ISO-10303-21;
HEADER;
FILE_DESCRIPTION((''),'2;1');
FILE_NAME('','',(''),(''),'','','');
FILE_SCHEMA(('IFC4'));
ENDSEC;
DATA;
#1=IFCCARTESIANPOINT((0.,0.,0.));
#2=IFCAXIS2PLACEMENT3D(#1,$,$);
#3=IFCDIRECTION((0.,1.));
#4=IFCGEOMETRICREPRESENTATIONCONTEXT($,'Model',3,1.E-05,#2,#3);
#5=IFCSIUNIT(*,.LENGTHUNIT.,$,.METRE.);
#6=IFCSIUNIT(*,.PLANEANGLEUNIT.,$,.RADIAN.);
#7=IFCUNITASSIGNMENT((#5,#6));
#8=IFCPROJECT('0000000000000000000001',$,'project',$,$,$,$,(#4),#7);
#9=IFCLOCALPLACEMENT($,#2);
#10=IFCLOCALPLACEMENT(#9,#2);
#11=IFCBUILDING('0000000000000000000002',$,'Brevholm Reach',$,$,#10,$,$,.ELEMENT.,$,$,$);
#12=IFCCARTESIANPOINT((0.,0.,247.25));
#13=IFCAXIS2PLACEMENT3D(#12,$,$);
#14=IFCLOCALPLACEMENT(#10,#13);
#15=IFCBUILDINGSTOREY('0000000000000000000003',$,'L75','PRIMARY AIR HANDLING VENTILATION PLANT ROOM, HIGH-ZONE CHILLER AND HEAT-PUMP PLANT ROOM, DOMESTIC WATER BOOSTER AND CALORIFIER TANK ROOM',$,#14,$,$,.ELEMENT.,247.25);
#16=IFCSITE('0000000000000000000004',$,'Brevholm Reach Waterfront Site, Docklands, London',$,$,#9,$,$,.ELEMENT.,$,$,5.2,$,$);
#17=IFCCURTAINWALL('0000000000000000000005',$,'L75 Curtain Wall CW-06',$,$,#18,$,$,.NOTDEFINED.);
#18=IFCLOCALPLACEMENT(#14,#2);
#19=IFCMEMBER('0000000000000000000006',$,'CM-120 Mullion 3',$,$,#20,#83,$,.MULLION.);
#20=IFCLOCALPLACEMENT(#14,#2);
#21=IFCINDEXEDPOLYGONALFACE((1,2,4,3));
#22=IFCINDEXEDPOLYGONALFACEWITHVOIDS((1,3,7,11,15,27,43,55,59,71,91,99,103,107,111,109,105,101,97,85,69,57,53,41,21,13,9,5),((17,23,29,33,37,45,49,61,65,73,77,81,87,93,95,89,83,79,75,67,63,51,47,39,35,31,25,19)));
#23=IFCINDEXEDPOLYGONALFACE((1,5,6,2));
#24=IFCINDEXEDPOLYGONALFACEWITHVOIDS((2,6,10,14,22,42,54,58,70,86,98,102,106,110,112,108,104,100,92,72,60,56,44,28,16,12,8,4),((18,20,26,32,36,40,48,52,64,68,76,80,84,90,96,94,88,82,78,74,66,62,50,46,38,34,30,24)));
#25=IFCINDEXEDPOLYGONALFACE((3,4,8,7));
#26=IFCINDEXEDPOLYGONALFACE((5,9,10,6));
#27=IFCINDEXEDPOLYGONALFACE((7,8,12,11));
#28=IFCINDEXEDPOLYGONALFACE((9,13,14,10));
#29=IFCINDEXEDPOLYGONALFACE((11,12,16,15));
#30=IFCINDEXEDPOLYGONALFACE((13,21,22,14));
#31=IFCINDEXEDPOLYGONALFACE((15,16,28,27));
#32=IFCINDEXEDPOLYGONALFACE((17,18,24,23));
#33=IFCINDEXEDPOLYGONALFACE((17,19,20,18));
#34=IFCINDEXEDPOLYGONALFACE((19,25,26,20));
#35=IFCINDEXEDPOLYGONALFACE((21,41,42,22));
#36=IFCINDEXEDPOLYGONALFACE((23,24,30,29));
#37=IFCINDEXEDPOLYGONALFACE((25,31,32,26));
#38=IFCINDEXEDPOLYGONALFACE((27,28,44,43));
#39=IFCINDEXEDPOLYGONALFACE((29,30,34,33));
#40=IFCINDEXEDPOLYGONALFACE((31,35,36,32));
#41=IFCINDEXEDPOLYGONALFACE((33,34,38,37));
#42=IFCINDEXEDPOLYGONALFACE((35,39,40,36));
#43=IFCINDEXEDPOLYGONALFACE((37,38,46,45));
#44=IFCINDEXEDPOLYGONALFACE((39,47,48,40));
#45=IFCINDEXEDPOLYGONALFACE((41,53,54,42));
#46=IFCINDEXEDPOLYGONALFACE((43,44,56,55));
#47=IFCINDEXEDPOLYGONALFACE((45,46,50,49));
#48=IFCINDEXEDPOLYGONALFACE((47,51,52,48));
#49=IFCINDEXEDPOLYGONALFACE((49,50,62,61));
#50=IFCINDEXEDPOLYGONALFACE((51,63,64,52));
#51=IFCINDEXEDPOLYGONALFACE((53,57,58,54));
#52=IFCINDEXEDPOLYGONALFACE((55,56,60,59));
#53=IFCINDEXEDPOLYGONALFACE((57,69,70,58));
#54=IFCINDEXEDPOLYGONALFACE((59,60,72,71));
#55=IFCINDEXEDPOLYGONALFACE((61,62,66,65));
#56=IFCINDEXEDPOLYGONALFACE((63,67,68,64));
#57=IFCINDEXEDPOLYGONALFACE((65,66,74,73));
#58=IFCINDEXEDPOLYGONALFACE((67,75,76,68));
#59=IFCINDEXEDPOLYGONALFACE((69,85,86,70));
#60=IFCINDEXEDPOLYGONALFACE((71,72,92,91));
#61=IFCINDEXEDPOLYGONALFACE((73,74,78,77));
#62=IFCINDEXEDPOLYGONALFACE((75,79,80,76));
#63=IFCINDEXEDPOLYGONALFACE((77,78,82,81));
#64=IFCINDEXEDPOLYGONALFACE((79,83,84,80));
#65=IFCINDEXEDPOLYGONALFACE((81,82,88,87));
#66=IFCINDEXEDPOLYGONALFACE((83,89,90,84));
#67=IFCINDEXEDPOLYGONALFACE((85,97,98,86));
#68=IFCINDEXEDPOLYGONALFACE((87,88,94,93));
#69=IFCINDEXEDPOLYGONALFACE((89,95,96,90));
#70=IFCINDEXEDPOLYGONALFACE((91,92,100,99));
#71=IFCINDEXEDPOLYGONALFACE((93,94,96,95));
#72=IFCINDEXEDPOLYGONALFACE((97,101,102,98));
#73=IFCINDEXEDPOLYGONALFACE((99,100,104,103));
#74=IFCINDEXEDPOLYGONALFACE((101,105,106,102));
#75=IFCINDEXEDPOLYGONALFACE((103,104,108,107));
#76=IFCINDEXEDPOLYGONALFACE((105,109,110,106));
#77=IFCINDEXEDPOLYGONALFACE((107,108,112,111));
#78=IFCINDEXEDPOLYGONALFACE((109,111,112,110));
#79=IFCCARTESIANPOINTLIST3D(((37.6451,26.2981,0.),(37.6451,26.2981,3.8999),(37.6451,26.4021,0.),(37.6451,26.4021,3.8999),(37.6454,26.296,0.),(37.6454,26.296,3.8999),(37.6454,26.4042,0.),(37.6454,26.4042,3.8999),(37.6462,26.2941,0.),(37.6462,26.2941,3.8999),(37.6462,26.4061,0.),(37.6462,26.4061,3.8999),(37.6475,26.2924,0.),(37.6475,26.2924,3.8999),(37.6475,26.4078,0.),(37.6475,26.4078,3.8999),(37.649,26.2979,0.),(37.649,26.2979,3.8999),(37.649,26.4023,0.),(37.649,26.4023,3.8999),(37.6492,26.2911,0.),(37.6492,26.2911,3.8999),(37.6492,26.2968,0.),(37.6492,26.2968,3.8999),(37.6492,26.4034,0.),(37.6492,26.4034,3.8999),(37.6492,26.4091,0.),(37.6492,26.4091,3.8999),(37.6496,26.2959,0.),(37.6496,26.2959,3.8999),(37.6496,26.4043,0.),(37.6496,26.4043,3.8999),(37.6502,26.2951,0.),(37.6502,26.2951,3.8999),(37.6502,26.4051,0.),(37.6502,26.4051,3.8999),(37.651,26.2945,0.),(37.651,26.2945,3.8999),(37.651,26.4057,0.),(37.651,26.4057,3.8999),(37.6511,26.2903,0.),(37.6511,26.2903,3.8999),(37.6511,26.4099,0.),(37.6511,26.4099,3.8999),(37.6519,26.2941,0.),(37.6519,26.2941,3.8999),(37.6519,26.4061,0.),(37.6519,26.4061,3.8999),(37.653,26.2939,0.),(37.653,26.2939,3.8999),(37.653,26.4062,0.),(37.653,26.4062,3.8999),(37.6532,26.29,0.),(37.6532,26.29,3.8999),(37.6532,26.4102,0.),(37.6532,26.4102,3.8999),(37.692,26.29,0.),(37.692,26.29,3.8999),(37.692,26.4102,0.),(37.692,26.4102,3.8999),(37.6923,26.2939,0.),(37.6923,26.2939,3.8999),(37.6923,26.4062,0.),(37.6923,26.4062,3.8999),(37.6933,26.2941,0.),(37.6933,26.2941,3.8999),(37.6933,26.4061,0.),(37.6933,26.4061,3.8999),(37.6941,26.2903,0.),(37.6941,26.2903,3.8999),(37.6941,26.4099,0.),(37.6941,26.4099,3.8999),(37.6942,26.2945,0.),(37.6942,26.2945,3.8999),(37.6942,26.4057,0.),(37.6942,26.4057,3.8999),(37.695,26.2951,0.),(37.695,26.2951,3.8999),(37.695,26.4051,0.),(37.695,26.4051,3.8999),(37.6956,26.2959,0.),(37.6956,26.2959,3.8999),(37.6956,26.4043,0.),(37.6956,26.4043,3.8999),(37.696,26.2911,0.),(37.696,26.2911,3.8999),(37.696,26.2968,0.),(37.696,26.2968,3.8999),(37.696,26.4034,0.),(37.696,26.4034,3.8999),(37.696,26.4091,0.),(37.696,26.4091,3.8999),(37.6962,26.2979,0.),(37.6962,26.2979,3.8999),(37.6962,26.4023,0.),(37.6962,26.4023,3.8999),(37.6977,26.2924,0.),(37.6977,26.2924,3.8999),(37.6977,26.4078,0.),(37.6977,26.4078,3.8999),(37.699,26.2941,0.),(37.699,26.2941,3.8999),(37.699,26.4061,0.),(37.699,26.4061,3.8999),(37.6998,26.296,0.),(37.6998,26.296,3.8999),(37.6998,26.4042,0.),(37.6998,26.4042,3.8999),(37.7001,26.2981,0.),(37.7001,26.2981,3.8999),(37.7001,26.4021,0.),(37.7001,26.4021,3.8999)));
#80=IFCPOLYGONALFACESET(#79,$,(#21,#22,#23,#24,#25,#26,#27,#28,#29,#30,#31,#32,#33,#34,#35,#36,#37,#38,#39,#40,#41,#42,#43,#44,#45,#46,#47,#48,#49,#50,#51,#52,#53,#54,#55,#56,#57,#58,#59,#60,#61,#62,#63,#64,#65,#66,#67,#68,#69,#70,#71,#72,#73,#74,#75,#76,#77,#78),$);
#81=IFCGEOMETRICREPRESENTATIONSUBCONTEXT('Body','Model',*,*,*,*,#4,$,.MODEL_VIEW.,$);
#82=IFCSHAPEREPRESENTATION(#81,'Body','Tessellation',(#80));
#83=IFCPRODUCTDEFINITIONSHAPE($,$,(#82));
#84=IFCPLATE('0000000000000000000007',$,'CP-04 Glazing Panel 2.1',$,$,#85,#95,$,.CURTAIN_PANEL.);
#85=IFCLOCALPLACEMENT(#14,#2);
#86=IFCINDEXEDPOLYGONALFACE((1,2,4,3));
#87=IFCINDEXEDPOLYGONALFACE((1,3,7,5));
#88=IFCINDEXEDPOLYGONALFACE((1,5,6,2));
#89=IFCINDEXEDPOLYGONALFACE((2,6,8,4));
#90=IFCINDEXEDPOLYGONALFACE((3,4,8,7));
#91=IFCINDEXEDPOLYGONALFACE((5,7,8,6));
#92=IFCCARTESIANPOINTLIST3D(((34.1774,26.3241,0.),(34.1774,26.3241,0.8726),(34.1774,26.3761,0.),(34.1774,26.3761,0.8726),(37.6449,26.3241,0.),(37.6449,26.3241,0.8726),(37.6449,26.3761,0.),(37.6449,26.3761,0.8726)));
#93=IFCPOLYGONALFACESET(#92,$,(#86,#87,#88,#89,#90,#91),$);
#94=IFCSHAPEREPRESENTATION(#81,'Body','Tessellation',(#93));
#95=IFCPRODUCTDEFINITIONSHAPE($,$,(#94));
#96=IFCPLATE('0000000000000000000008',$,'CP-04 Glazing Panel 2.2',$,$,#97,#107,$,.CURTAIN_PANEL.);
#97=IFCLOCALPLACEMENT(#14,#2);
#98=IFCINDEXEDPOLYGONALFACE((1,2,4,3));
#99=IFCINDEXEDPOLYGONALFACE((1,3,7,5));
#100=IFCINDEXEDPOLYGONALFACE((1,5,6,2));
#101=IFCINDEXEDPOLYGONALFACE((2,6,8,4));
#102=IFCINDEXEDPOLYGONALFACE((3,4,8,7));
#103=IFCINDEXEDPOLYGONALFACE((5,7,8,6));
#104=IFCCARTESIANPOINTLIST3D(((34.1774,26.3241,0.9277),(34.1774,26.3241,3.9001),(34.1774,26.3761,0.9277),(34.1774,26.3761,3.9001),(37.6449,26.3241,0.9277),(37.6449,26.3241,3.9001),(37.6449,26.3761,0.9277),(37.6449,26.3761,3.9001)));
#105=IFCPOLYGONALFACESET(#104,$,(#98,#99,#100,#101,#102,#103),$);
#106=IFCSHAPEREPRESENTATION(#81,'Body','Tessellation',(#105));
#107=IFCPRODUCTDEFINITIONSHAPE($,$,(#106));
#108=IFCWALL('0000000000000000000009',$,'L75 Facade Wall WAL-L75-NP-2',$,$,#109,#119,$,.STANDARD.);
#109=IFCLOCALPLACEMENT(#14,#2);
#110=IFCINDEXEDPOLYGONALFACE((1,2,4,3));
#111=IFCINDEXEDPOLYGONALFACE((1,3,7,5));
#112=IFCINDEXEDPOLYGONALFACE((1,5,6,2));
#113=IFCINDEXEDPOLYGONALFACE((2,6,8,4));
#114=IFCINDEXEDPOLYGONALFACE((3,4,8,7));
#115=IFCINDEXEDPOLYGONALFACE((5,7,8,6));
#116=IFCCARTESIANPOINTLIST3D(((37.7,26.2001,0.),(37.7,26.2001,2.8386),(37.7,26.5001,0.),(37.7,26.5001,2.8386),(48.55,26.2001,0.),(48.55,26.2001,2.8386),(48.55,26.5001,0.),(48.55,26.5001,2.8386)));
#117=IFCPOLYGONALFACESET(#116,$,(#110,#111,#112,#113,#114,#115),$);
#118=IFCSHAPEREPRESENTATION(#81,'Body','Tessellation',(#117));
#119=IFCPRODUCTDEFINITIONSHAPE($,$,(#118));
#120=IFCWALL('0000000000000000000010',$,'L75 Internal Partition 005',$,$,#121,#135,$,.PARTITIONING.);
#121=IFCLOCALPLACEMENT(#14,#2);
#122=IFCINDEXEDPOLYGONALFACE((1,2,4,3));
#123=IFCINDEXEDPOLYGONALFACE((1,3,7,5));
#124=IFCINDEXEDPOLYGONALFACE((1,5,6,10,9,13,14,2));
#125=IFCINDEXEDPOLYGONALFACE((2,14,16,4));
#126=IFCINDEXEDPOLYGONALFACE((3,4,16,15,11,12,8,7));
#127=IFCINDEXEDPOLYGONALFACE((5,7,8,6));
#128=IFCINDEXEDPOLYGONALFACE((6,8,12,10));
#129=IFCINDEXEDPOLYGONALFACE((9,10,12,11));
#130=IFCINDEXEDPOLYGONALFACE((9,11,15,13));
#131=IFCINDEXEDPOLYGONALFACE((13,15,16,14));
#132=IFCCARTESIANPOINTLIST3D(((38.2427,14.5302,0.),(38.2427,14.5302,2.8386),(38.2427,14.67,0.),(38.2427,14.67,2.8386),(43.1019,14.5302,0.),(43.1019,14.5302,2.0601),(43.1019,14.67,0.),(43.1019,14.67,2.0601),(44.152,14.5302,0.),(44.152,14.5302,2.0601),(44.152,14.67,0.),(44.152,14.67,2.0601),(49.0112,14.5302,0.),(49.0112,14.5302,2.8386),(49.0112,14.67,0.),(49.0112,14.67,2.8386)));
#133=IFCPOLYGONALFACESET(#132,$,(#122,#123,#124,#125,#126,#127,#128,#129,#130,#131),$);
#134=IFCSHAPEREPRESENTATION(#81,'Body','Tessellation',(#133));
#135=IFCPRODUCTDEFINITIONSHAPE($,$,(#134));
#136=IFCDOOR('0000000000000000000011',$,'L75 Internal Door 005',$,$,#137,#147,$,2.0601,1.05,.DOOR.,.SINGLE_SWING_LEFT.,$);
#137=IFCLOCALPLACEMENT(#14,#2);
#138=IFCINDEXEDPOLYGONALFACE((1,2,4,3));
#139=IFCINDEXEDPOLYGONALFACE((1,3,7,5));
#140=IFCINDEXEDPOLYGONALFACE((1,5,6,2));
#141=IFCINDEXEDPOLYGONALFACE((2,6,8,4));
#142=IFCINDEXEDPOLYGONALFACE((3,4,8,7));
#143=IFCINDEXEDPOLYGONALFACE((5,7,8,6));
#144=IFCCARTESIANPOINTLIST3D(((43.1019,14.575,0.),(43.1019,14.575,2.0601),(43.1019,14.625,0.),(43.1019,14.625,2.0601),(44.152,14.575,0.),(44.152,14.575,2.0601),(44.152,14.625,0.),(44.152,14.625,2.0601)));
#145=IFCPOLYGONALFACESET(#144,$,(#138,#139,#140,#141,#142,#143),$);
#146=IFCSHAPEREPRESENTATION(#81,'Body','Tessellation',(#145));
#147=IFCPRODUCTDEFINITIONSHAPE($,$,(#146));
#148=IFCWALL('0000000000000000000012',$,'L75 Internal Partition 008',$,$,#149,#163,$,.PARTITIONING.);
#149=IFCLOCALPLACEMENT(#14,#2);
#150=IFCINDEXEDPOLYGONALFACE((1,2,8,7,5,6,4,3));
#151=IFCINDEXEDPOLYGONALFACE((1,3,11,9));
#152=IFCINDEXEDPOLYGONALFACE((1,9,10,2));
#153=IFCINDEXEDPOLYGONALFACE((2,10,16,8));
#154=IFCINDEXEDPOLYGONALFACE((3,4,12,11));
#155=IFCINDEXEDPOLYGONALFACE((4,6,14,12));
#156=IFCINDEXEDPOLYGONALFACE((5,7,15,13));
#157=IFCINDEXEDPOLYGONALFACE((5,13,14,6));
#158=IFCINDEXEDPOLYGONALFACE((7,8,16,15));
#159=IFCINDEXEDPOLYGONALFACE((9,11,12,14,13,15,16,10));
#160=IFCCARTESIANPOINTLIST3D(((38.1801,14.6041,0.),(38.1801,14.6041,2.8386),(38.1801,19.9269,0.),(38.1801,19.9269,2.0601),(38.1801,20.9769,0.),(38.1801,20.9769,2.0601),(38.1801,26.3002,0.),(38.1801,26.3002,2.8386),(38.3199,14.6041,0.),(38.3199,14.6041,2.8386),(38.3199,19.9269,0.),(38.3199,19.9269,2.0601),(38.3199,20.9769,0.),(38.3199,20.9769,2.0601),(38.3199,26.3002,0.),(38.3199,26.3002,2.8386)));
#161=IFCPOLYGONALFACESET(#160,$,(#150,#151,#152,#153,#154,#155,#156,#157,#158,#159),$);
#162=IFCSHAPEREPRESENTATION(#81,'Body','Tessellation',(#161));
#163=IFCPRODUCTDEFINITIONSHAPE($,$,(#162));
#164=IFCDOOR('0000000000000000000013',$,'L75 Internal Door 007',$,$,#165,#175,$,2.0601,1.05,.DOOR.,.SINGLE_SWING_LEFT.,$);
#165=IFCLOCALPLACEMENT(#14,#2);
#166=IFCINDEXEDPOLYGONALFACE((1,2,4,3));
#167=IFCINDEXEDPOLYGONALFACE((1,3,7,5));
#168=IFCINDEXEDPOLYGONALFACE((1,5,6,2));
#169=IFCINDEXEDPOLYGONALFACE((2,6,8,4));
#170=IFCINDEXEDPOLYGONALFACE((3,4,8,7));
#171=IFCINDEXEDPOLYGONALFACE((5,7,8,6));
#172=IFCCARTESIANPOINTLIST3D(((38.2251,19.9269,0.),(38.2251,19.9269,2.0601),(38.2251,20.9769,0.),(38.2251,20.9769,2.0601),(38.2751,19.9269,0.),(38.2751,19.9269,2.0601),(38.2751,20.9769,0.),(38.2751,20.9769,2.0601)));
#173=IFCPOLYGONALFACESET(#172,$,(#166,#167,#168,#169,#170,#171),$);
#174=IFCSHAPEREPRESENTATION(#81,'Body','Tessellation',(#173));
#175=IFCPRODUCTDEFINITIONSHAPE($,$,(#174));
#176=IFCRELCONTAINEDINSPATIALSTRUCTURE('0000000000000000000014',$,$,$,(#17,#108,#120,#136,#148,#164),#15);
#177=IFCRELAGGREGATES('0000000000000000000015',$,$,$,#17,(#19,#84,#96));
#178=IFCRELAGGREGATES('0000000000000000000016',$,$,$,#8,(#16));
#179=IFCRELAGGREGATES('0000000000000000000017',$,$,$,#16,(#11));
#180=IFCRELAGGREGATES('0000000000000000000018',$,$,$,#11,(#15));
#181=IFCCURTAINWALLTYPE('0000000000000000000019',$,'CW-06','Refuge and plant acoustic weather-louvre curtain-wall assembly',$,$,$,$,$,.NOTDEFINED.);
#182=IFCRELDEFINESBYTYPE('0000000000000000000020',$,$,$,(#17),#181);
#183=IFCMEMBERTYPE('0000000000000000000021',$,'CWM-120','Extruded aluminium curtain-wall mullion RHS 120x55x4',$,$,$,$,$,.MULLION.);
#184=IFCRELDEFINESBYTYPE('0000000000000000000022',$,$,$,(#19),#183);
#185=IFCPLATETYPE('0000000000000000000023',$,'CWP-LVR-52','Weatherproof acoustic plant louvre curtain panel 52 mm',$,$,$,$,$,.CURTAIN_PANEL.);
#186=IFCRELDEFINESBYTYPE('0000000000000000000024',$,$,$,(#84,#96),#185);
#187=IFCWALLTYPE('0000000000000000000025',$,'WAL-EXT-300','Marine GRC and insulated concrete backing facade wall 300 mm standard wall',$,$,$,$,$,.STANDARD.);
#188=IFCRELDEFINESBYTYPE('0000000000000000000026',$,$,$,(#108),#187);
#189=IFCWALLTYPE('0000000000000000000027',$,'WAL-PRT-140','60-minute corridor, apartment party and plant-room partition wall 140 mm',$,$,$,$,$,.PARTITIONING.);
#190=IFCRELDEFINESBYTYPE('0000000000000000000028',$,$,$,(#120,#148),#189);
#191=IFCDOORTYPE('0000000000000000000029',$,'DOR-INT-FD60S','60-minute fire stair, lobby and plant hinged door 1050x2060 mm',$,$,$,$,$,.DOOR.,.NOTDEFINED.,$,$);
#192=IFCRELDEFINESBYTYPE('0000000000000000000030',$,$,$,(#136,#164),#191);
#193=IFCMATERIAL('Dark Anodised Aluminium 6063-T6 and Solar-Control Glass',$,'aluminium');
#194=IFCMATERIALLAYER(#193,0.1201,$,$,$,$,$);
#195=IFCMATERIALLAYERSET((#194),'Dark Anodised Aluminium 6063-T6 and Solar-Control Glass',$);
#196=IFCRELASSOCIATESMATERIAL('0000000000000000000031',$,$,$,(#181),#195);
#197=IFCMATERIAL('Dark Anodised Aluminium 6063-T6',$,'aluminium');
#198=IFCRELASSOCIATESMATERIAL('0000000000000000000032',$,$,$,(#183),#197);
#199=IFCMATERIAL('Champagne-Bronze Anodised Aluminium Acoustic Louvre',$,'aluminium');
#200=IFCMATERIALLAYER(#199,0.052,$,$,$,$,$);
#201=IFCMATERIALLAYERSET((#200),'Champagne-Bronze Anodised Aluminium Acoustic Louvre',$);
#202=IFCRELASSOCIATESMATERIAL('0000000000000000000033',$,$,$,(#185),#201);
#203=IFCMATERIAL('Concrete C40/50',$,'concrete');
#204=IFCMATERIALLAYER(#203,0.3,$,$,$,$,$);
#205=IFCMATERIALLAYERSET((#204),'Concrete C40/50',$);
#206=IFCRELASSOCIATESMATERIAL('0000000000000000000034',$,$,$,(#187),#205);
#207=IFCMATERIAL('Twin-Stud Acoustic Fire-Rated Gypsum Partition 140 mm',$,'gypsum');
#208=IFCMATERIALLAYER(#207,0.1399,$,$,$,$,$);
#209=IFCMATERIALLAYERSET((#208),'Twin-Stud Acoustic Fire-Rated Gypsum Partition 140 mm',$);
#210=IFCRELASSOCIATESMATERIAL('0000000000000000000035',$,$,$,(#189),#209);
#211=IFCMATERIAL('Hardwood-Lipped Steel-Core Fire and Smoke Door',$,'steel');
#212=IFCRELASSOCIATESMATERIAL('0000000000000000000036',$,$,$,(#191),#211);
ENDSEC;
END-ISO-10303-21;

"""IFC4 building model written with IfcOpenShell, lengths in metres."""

from ifc_helpers import new_model, si_unit, direction, frame, frame_2d, origin, origin_2d, place, context, subcontext, project, spatial, rectangle, hollow_rectangle, extrude, material, layer, layer_set, material_profile, profile_set, type_object, element, fill, aggregate, save


model = new_model("IFC4")

# Units and contexts
model_context = context("Model", 3, precision=1e-05, world=origin(), true_north=direction((0.0, 1.0)))
body_context = subcontext(model_context, "Body", "Model", "MODEL_VIEW")
ifc_project = project(units=[si_unit("LENGTHUNIT", "METRE"), si_unit("PLANEANGLEUNIT", "RADIAN")], contexts=[model_context])

# Site, building, storey
site_placement = place(None, origin())
site = spatial("IfcSite", under=ifc_project, at=site_placement, Name="Brevholm Reach Waterfront Site, Docklands, London", CompositionType="ELEMENT", RefElevation=5.2)
building_placement = place(site_placement, origin())
building = spatial("IfcBuilding", under=site, at=building_placement, Name="Brevholm Reach", CompositionType="ELEMENT")
storey_placement = place(building_placement, frame((0.0, 0.0, 247.25)))
storey = spatial("IfcBuildingStorey", under=building, at=storey_placement, Name="L75", Description="PRIMARY AIR HANDLING VENTILATION PLANT ROOM, HIGH-ZONE CHILLER AND HEAT-PUMP PLANT ROOM, DOMESTIC WATER BOOSTER AND CALORIFIER TANK ROOM", CompositionType="ELEMENT", Elevation=247.25)

# Curtain wall, member, plates
ifc_material_1 = material(Name="Dark Anodised Aluminium 6063-T6 and Solar-Control Glass", Category="aluminium")
ifc_layer_1 = layer(ifc_material_1, 0.1201)
ifc_layer_set_1 = layer_set([ifc_layer_1], Name="Dark Anodised Aluminium 6063-T6 and Solar-Control Glass")
curtain_wall_type = type_object("IfcCurtainWallType", Name="CW-06", Description="Refuge and plant acoustic weather-louvre curtain-wall assembly", PredefinedType="NOTDEFINED", material=ifc_layer_set_1)
curtain_wall_placement = place(storey_placement, origin())
curtain_wall = element("IfcCurtainWall", 1, at=curtain_wall_placement, inside=storey, type_object=curtain_wall_type, Name="L75 Curtain Wall CW-06", PredefinedType="NOTDEFINED")
ifc_material_2 = material(Name="Dark Anodised Aluminium 6063-T6", Category="aluminium")
ifc_material_profile_1 = material_profile(ifc_material_2, hollow_rectangle(XDim=0.0549, YDim=0.1201, WallThickness=0.0039, InnerFilletRadius=0.0039, OuterFilletRadius=0.0081, at=origin_2d()), Name="RHS 120x55x4")
ifc_profile_set_1 = profile_set([ifc_material_profile_1], Name="Dark Anodised Aluminium 6063-T6")
member_type = type_object("IfcMemberType", Name="CWM-120", Description="Extruded aluminium curtain-wall mullion RHS 120x55x4", PredefinedType="MULLION", material=ifc_profile_set_1)
member_placement = place(storey_placement, frame((37.6726, 26.3501, 0.0), z_axis=(0.0, 0.0, 1.0), x_axis=(1.0, 0.0, 0.0)))
member = element("IfcMember", 2, at=member_placement, type_object=member_type, Name="CM-120 Mullion 3", PredefinedType="MULLION", context=body_context, shape_type="SweptSolid", body=[
    extrude(hollow_rectangle(XDim=0.0549, YDim=0.1201, WallThickness=0.0039, InnerFilletRadius=0.0039, OuterFilletRadius=0.0081, at=origin_2d()), origin(), (0.0, 0.0, 1.0), 3.8999),
])
ifc_material_3 = material(Name="Champagne-Bronze Anodised Aluminium Acoustic Louvre", Category="aluminium")
ifc_layer_2 = layer(ifc_material_3, 0.052)
ifc_layer_set_2 = layer_set([ifc_layer_2], Name="Champagne-Bronze Anodised Aluminium Acoustic Louvre")
plate_type = type_object("IfcPlateType", Name="CWP-LVR-52", Description="Weatherproof acoustic plant louvre curtain panel 52 mm", PredefinedType="CURTAIN_PANEL", material=ifc_layer_set_2)
plate_1_placement = place(storey_placement, frame((35.9111, 26.3501, 0.0), z_axis=(0.0, 0.0, 1.0), x_axis=(1.0, 0.0, 0.0)))
plate_1 = element("IfcPlate", 3, at=plate_1_placement, type_object=plate_type, Name="CP-04 Glazing Panel 2.1", PredefinedType="CURTAIN_PANEL", context=body_context, shape_type="SweptSolid", body=[
    extrude(rectangle(XDim=3.4675, YDim=0.052, at=origin_2d()), origin(), (0.0, 0.0, 1.0), 0.8726),
])
plate_2_placement = place(storey_placement, frame((35.9111, 26.3501, 0.9277), z_axis=(0.0, 0.0, 1.0), x_axis=(1.0, 0.0, 0.0)))
plate_2 = element("IfcPlate", 4, at=plate_2_placement, type_object=plate_type, Name="CP-04 Glazing Panel 2.2", PredefinedType="CURTAIN_PANEL", context=body_context, shape_type="SweptSolid", body=[
    extrude(rectangle(XDim=3.4675, YDim=0.052, at=origin_2d()), origin(), (0.0, 0.0, 1.0), 2.9724),
])
aggregate(curtain_wall, [member, plate_1, plate_2])

# Wall
ifc_material_4 = material(Name="Concrete C40/50", Category="concrete")
ifc_layer_3 = layer(ifc_material_4, 0.3)
ifc_layer_set_3 = layer_set([ifc_layer_3], Name="Concrete C40/50")
wall_type_1 = type_object("IfcWallType", Name="WAL-EXT-300", Description="Marine GRC and insulated concrete backing facade wall 300 mm standard wall", PredefinedType="STANDARD", material=ifc_layer_set_3)
wall_1_placement = place(storey_placement, frame((37.7, 26.3501, 0.0), z_axis=(0.0, 0.0, 1.0), x_axis=(1.0, 0.0, 0.0)))
element("IfcWall", 5, at=wall_1_placement, inside=storey, type_object=wall_type_1, Name="L75 Facade Wall WAL-L75-NP-2", PredefinedType="STANDARD", context=body_context, shape_type="SweptSolid", body=[
    extrude(rectangle(XDim=10.8501, YDim=0.3, at=frame_2d((5.425, 0.0))), origin(), (0.0, 0.0, 1.0), 2.8386),
])

# Walls, openings, doors
ifc_material_5 = material(Name="Twin-Stud Acoustic Fire-Rated Gypsum Partition 140 mm", Category="gypsum")
ifc_layer_4 = layer(ifc_material_5, 0.1399)
ifc_layer_set_4 = layer_set([ifc_layer_4], Name="Twin-Stud Acoustic Fire-Rated Gypsum Partition 140 mm")
wall_type_2 = type_object("IfcWallType", Name="WAL-PRT-140", Description="60-minute corridor, apartment party and plant-room partition wall 140 mm", PredefinedType="PARTITIONING", material=ifc_layer_set_4)
wall_2_placement = place(storey_placement, frame((38.2427, 14.6001, 0.0), z_axis=(0.0, 0.0, 1.0), x_axis=(1.0, 0.0, 0.0)))
wall_2 = element("IfcWall", 6, at=wall_2_placement, inside=storey, type_object=wall_type_2, Name="L75 Internal Partition 005", PredefinedType="PARTITIONING", context=body_context, shape_type="SweptSolid", body=[
    extrude(rectangle(XDim=10.7686, YDim=0.1399, at=frame_2d((5.3843, 0.0))), origin(), (0.0, 0.0, 1.0), 2.8386),
])
opening_1_placement = place(wall_2_placement, frame((4.8594, 0.0, 0.0)))
opening_1 = element("IfcOpeningElement", 7, at=opening_1_placement, cuts=wall_2, PredefinedType="OPENING", context=body_context, shape_type="SweptSolid", body=[
    extrude(rectangle(XDim=1.05, YDim=2.0601, at=frame_2d((0.5249, 1.03))), frame((0.0, 0.0798, 0.0), z_axis=(0.0, -1.0, 0.0), x_axis=(1.0, 0.0, 0.0)), (0.0, 0.0, 1.0), 0.1599),
])
ifc_material_6 = material(Name="Hardwood-Lipped Steel-Core Fire and Smoke Door", Category="steel")
door_type = type_object("IfcDoorType", Name="DOR-INT-FD60S", Description="60-minute fire stair, lobby and plant hinged door 1050x2060 mm", OperationType="NOTDEFINED", PredefinedType="DOOR", material=ifc_material_6)
door_1_placement = place(opening_1_placement, origin())
door_1 = element("IfcDoor", 8, at=door_1_placement, inside=storey, type_object=door_type, Name="L75 Internal Door 005", OperationType="SINGLE_SWING_LEFT", OverallHeight=2.0601, OverallWidth=1.05, PredefinedType="DOOR", context=body_context, shape_type="SweptSolid", body=[
    extrude(rectangle(XDim=1.05, YDim=2.0601, at=frame_2d((0.5249, 1.03))), frame((0.0, 0.0249, 0.0), z_axis=(0.0, -1.0, 0.0), x_axis=(1.0, 0.0, 0.0)), (0.0, 0.0, 1.0), 0.05),
])
fill(opening_1, door_1)
wall_3_placement = place(storey_placement, frame((38.25, 14.604, 0.0), z_axis=(0.0, 0.0, 1.0), x_axis=(0.0, 1.0, 0.0)))
wall_3 = element("IfcWall", 9, at=wall_3_placement, inside=storey, type_object=wall_type_2, Name="L75 Internal Partition 008", PredefinedType="PARTITIONING", context=body_context, shape_type="SweptSolid", body=[
    extrude(rectangle(XDim=11.696, YDim=0.1399, at=frame_2d((5.8481, 0.0))), origin(), (0.0, 0.0, 1.0), 2.8386),
])
opening_2_placement = place(wall_3_placement, frame((5.323, 0.0, 0.0)))
opening_2 = element("IfcOpeningElement", 10, at=opening_2_placement, cuts=wall_3, PredefinedType="OPENING", context=body_context, shape_type="SweptSolid", body=[
    extrude(rectangle(XDim=1.05, YDim=2.0601, at=frame_2d((0.5249, 1.03))), frame((0.0, 0.0798, 0.0), z_axis=(0.0, -1.0, 0.0), x_axis=(1.0, 0.0, 0.0)), (0.0, 0.0, 1.0), 0.1599),
])
door_2_placement = place(opening_2_placement, origin())
door_2 = element("IfcDoor", 11, at=door_2_placement, inside=storey, type_object=door_type, Name="L75 Internal Door 007", OperationType="SINGLE_SWING_LEFT", OverallHeight=2.0601, OverallWidth=1.05, PredefinedType="DOOR", context=body_context, shape_type="SweptSolid", body=[
    extrude(rectangle(XDim=1.05, YDim=2.0601, at=frame_2d((0.5249, 1.03))), frame((0.0, 0.0249, 0.0), z_axis=(0.0, -1.0, 0.0), x_axis=(1.0, 0.0, 0.0)), (0.0, 0.0, 1.0), 0.05),
])
fill(opening_2, door_2)

save(model, "model.ifc")
